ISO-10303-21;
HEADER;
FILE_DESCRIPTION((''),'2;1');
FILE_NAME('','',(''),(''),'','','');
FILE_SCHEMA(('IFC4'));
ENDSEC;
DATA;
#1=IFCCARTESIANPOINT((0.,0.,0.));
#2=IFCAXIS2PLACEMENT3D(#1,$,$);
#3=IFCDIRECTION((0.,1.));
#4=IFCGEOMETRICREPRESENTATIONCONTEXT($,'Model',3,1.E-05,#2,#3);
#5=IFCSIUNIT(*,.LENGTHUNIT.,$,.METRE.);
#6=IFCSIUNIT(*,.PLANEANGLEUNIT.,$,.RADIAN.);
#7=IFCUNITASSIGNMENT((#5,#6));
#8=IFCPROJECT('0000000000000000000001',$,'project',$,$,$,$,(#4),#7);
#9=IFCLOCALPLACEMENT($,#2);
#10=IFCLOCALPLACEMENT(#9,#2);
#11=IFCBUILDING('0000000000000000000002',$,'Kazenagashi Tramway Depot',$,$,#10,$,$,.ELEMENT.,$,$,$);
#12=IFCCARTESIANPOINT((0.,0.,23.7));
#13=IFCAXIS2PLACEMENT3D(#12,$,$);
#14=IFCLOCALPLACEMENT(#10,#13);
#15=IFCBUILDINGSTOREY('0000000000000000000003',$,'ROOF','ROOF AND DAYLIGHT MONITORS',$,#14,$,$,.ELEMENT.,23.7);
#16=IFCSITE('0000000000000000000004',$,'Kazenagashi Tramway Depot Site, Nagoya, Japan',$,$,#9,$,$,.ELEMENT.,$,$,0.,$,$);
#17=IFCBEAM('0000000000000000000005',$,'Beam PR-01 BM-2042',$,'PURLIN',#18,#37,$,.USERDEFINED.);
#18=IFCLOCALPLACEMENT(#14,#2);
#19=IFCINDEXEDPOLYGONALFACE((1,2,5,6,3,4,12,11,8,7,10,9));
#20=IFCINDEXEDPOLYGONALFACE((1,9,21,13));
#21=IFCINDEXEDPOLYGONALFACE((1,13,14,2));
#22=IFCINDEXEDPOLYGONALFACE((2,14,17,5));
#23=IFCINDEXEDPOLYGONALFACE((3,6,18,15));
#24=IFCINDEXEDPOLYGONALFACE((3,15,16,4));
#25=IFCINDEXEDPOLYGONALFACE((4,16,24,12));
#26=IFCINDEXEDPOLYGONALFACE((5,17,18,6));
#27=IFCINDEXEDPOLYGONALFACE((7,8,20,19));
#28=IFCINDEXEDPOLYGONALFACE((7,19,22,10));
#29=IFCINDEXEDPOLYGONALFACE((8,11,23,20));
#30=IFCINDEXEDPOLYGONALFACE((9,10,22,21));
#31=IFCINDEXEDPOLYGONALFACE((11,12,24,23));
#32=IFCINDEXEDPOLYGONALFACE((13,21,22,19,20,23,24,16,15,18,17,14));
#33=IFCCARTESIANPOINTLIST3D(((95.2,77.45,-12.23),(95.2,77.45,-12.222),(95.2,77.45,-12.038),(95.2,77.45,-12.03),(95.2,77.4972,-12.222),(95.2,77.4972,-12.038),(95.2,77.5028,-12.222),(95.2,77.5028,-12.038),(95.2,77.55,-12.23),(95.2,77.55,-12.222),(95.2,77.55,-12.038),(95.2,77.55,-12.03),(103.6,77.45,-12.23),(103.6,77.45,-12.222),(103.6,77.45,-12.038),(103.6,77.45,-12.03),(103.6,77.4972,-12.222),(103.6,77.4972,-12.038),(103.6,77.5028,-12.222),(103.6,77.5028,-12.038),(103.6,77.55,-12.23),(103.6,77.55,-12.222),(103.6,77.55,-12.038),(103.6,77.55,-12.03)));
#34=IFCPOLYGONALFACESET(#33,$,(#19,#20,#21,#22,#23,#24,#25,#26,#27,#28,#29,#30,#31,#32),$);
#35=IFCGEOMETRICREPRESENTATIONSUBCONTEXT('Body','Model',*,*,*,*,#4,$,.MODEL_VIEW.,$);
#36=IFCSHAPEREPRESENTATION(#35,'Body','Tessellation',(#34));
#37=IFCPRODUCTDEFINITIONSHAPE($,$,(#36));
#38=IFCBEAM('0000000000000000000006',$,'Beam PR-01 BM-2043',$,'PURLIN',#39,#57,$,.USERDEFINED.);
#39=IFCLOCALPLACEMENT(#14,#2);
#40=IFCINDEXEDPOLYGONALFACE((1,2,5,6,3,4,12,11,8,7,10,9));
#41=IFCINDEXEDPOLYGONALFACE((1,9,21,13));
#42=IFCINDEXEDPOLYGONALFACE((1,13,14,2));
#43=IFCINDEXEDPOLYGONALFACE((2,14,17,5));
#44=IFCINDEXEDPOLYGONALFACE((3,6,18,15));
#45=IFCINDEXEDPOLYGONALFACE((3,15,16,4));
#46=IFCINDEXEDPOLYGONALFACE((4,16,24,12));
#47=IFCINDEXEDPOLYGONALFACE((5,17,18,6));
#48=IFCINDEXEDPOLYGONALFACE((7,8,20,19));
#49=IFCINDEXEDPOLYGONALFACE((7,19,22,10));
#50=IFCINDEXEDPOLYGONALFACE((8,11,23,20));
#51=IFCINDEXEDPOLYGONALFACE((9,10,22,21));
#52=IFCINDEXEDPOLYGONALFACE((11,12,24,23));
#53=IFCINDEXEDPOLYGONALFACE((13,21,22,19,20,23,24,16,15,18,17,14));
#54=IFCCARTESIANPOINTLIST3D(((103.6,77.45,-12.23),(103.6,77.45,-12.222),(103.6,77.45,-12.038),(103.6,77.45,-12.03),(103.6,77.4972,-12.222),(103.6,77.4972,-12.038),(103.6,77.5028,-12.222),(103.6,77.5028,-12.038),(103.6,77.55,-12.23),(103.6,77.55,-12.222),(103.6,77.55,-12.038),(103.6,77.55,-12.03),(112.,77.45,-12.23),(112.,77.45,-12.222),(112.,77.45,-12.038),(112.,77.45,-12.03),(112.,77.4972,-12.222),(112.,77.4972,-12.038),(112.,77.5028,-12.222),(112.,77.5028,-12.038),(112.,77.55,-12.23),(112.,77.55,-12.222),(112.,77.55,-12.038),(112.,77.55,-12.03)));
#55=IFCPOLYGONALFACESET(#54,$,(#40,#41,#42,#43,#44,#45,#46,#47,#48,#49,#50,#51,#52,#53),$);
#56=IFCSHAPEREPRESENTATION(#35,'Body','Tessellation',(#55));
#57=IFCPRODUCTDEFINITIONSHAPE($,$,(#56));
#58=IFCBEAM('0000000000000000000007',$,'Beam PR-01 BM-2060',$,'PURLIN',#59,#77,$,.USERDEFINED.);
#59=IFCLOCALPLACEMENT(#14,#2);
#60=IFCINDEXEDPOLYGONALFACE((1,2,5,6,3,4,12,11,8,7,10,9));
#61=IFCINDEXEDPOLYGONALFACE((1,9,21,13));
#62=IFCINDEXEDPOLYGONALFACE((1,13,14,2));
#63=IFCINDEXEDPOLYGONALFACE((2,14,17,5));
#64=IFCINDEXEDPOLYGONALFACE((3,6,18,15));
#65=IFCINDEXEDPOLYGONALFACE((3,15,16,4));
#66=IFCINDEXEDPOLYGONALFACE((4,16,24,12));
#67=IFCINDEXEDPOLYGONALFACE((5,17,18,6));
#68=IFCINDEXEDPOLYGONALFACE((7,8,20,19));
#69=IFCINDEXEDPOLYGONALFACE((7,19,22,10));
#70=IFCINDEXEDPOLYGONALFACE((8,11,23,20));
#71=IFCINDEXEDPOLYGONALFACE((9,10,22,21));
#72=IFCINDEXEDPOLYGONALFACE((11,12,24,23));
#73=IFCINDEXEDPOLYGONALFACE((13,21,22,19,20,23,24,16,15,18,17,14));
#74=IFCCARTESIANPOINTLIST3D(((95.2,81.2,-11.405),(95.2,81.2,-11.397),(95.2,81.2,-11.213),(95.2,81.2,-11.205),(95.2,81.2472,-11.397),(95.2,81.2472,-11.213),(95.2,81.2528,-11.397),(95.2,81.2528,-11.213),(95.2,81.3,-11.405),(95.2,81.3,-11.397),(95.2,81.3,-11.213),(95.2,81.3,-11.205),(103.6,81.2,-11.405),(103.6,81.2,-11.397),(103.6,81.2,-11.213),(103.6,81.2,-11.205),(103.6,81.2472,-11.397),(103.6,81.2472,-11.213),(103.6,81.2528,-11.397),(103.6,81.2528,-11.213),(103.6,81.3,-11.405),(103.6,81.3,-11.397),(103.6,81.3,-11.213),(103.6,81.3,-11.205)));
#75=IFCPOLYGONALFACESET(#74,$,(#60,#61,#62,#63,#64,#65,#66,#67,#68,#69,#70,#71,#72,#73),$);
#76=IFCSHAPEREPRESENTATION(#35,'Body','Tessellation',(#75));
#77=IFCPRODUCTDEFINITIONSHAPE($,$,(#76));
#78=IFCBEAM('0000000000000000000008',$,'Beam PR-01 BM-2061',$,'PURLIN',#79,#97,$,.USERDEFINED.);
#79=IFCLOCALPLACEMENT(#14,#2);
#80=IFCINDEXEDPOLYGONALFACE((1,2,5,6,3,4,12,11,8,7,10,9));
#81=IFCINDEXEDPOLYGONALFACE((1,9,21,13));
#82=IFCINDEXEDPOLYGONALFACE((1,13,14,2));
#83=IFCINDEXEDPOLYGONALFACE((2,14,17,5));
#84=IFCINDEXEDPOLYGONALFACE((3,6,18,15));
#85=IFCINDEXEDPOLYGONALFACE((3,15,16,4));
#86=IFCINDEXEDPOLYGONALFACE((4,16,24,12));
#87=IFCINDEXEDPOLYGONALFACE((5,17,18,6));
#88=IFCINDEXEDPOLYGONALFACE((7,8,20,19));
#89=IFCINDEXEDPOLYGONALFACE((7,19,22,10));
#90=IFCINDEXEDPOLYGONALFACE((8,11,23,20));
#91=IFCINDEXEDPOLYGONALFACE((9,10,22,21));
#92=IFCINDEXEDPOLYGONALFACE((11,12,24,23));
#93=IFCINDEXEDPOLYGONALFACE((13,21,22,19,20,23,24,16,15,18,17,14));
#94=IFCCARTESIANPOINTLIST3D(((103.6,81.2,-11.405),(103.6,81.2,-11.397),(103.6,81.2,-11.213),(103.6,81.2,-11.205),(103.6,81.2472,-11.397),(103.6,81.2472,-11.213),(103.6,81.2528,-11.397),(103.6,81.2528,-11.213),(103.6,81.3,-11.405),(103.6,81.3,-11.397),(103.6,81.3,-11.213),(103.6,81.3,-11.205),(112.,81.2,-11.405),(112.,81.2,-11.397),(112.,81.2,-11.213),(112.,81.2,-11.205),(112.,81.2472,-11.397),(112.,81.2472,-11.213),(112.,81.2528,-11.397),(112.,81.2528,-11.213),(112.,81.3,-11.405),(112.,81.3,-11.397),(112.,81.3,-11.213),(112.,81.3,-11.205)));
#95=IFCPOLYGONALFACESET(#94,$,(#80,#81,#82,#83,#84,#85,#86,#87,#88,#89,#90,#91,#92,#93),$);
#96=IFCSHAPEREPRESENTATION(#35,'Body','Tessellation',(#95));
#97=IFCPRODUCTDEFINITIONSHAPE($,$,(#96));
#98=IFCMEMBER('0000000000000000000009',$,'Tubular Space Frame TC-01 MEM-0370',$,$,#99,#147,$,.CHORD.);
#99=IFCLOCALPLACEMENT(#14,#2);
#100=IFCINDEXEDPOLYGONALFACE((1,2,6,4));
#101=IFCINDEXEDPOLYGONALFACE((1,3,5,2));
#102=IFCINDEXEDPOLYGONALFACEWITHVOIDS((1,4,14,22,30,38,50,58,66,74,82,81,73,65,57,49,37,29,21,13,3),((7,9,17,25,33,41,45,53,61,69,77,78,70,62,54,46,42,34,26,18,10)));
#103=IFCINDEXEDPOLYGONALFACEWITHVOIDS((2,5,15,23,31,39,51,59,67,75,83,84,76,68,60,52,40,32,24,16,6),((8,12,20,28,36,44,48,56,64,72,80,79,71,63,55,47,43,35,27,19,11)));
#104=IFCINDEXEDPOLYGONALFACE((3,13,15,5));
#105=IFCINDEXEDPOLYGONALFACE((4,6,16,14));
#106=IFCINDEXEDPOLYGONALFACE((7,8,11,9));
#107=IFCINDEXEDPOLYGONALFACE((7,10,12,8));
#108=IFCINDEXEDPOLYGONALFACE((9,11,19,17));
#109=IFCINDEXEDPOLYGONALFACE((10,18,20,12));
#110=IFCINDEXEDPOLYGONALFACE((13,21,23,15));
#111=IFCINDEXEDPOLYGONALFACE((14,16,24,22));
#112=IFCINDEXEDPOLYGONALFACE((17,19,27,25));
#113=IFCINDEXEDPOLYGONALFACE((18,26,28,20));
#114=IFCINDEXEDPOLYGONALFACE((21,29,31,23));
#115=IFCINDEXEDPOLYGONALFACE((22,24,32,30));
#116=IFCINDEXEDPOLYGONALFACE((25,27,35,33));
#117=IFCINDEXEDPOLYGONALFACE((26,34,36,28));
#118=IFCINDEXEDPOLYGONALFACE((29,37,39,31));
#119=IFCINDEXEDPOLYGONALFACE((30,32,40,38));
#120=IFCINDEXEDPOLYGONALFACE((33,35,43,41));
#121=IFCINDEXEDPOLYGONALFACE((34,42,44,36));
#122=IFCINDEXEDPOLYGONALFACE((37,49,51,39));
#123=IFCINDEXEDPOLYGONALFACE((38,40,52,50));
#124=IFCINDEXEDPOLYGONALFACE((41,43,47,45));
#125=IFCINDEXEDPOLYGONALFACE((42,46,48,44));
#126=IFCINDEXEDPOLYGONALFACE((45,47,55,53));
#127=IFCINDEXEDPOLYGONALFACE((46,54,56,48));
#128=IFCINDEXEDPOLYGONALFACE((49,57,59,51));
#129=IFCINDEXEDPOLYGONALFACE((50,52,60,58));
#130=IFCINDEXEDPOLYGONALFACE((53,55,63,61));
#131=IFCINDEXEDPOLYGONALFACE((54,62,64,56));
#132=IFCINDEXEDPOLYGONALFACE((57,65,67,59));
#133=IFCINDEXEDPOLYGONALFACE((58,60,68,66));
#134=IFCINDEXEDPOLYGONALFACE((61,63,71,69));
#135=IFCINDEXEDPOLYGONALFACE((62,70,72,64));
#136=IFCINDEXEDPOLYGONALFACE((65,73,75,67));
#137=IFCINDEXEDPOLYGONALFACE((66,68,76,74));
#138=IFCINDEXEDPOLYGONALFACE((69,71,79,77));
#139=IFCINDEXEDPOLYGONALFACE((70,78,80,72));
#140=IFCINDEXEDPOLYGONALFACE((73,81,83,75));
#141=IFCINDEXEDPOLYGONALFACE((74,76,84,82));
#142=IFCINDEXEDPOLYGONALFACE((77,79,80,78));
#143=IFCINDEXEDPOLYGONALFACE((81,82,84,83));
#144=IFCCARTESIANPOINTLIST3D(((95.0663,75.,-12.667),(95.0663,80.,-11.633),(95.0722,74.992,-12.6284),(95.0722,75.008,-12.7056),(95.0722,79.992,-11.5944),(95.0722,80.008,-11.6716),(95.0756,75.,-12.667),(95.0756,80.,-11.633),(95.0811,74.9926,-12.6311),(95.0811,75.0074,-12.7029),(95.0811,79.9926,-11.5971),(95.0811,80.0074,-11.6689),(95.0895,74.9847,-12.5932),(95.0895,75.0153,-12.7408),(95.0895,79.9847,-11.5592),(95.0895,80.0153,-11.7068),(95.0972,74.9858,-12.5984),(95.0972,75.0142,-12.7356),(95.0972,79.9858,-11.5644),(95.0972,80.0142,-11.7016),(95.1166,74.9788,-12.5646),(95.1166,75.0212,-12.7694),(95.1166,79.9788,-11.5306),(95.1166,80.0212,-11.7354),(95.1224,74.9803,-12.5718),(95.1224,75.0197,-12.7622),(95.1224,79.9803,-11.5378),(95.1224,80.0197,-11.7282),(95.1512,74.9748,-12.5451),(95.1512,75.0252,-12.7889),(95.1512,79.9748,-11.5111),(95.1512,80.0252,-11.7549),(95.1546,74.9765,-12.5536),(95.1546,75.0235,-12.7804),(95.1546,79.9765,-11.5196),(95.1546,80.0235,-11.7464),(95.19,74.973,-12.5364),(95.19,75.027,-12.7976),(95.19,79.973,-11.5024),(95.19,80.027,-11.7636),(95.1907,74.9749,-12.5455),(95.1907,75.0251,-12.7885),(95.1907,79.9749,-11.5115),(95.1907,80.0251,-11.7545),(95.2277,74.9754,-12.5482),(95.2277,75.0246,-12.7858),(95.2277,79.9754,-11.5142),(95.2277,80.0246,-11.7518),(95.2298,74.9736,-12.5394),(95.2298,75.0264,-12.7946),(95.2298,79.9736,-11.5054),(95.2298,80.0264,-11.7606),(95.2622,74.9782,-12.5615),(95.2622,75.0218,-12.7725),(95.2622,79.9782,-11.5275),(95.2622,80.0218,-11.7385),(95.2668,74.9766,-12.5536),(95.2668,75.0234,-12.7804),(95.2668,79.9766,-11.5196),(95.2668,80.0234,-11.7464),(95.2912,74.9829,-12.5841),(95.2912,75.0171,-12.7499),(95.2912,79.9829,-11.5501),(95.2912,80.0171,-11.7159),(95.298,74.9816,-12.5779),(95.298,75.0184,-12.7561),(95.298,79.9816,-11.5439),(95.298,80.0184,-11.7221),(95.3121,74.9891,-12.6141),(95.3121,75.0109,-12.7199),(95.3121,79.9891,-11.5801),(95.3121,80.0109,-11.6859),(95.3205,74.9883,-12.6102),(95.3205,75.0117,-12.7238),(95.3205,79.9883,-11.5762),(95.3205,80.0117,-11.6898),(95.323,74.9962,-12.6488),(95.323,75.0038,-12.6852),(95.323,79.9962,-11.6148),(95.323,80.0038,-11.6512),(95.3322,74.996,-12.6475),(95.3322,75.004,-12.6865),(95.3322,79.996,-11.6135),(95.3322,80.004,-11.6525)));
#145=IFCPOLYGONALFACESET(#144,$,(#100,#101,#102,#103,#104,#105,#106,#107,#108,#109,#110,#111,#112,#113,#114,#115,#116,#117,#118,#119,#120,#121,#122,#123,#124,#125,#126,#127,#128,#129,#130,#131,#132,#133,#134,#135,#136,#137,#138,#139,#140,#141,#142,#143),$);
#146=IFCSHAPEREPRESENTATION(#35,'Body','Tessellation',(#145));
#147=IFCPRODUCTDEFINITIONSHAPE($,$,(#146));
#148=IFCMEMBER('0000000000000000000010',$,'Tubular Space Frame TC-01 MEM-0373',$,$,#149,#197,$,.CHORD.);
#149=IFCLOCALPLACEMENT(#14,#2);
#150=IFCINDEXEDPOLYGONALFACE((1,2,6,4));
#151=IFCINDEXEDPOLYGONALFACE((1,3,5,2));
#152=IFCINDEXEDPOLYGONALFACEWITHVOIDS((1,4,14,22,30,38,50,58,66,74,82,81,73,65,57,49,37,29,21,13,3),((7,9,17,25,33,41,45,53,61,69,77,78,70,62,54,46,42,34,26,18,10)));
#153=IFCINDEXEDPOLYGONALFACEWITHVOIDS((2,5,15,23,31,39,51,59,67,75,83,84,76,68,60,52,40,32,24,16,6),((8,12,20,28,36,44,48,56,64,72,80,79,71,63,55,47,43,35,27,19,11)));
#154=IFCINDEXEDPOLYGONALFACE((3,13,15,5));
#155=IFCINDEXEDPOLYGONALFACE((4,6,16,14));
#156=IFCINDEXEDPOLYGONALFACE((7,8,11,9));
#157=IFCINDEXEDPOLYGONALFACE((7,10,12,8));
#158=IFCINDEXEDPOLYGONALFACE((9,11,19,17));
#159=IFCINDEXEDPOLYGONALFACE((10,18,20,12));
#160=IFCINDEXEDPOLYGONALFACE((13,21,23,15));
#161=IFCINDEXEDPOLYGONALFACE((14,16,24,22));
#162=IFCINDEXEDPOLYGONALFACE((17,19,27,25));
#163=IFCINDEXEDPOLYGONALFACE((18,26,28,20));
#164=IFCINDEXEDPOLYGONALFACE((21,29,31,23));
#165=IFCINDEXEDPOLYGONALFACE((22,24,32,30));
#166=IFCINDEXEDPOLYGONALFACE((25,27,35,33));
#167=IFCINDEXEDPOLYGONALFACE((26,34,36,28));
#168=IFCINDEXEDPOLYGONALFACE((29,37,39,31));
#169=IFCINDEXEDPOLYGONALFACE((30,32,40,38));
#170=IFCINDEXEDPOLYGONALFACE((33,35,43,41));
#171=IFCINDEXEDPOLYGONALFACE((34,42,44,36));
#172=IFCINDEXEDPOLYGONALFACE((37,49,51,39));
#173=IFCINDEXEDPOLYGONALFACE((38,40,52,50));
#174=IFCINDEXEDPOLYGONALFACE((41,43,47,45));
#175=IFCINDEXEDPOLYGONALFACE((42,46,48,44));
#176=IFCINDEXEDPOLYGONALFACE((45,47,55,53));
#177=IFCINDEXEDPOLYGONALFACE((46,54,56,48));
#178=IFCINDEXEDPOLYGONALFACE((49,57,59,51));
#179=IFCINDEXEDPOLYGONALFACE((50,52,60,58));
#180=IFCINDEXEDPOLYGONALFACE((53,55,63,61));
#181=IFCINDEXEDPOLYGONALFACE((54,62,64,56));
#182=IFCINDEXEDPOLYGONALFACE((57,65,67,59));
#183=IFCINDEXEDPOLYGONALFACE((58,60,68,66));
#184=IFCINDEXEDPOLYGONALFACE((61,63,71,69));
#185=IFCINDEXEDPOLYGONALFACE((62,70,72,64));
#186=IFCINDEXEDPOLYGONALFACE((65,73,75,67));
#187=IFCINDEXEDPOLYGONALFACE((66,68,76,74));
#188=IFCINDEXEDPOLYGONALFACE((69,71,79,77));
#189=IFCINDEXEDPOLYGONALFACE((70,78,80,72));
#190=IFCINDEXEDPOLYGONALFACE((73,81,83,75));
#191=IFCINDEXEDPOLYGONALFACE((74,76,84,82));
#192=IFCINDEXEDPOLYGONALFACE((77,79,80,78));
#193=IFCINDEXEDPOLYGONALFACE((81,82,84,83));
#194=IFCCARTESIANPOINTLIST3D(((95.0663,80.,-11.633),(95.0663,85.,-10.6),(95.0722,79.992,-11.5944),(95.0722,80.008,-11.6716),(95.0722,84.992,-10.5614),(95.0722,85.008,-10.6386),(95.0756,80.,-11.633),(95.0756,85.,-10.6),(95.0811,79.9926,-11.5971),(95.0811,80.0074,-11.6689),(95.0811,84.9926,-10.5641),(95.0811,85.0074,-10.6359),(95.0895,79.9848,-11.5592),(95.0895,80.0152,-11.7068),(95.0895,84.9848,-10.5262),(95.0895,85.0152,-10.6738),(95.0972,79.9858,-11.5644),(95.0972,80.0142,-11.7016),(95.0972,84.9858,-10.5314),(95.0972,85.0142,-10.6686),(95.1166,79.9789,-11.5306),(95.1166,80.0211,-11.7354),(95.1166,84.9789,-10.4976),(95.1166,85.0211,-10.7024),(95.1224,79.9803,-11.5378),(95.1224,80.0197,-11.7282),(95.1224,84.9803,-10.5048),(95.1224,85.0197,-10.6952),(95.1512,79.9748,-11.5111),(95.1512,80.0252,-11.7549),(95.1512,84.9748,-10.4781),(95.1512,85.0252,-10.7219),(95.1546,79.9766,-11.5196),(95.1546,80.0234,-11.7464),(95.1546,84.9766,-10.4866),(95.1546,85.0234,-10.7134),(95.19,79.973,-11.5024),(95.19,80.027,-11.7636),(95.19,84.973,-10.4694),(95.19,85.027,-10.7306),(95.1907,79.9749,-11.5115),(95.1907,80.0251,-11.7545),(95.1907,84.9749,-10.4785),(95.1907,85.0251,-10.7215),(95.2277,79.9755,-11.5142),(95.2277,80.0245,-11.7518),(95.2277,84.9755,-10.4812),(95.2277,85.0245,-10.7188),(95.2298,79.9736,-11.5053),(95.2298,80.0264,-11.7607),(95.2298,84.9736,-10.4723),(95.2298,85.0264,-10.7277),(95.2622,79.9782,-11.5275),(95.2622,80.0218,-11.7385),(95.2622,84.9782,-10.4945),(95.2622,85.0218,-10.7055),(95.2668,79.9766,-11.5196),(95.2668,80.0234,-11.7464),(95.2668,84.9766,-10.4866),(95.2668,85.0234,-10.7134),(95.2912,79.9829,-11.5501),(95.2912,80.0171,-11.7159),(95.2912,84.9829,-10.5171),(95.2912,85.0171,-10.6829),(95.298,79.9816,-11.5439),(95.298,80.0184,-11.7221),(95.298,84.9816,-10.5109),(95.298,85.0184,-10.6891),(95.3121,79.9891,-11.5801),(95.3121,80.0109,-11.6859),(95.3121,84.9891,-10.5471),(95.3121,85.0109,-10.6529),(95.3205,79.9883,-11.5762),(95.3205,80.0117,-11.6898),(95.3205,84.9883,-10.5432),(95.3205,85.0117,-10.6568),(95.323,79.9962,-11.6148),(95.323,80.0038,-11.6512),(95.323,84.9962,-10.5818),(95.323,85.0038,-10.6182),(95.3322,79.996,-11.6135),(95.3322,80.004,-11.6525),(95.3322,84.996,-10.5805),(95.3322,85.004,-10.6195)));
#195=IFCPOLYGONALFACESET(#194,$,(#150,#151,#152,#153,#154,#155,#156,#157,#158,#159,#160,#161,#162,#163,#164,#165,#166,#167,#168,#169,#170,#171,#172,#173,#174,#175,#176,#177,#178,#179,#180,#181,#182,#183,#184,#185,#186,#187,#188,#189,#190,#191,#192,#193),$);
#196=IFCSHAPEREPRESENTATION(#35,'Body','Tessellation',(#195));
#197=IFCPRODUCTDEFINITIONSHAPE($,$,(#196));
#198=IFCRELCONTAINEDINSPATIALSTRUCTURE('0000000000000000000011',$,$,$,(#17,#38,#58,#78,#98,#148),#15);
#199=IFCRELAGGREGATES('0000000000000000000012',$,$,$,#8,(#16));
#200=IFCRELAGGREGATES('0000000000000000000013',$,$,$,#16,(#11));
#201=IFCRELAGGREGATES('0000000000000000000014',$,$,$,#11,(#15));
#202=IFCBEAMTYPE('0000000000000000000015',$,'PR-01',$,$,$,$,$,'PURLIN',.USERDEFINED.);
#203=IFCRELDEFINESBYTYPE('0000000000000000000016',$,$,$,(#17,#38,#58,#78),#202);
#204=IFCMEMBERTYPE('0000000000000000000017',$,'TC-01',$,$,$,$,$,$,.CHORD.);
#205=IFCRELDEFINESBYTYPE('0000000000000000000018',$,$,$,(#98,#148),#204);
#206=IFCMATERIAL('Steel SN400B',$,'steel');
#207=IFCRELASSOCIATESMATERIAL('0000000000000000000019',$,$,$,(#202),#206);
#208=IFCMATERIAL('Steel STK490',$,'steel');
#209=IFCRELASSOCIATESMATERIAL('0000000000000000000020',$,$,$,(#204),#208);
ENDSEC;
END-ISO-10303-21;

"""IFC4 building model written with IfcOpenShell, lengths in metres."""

from ifc_helpers import new_model, si_unit, direction, frame, origin, origin_2d, place, context, subcontext, project, spatial, hollow_circle, i_section, extrude, material, material_profile, profile_set, type_object, element, save


model = new_model("IFC4")

# Units and contexts
model_context = context("Model", 3, precision=1e-05, world=origin(), true_north=direction((0.0, 1.0)))
body_context = subcontext(model_context, "Body", "Model", "MODEL_VIEW")
ifc_project = project(units=[si_unit("LENGTHUNIT", "METRE"), si_unit("PLANEANGLEUNIT", "RADIAN")], contexts=[model_context])

# Site, building, storey
site_placement = place(None, origin())
site = spatial("IfcSite", under=ifc_project, at=site_placement, Name="Kazenagashi Tramway Depot Site, Nagoya, Japan", CompositionType="ELEMENT", RefElevation=0.0)
building_placement = place(site_placement, origin())
building = spatial("IfcBuilding", under=site, at=building_placement, Name="Kazenagashi Tramway Depot", CompositionType="ELEMENT")
storey_placement = place(building_placement, frame((0.0, 0.0, 23.7)))
storey = spatial("IfcBuildingStorey", under=building, at=storey_placement, Name="ROOF", Description="ROOF AND DAYLIGHT MONITORS", CompositionType="ELEMENT", Elevation=23.7)

# Beams
ifc_material_1 = material(Name="Steel SN400B", Category="steel")
ifc_material_profile_1 = material_profile(ifc_material_1, i_section(OverallWidth=0.1, OverallDepth=0.2, WebThickness=0.0055, FlangeThickness=0.008, at=origin_2d()), Name="H-200x100x5.5x8")
ifc_profile_set_1 = profile_set([ifc_material_profile_1], Name="Steel SN400B")
beam_type = type_object("IfcBeamType", Name="PR-01", ElementType="PURLIN", PredefinedType="USERDEFINED", material=ifc_profile_set_1)
for number, where, z_axis, x_axis, name in (
    (1, (95.2, 77.5, -12.13), (1.0, 0.0, 0.0), (0.0, 1.0, 0.0), "Beam PR-01 BM-2042"),
    (2, (103.6, 77.5, -12.13), (1.0, 0.0, 0.0), (0.0, 1.0, 0.0), "Beam PR-01 BM-2043"),
    (3, (95.2, 81.25, -11.305), (1.0, 0.0, 0.0), (0.0, 1.0, 0.0), "Beam PR-01 BM-2060"),
    (4, (103.6, 81.25, -11.305), (1.0, 0.0, 0.0), (0.0, 1.0, 0.0), "Beam PR-01 BM-2061"),
):
    element("IfcBeam", number, at=place(storey_placement, frame(where, z_axis=z_axis, x_axis=x_axis)), inside=storey, type_object=beam_type, Name=name, ObjectType="PURLIN", PredefinedType="USERDEFINED", context=body_context, shape_type="SweptSolid", body=[
        extrude(i_section(OverallWidth=0.1, OverallDepth=0.2, WebThickness=0.0055, FlangeThickness=0.008, at=origin_2d()), origin(), (0.0, 0.0, 1.0), 8.4),
    ])

# Members
ifc_material_2 = material(Name="Steel STK490", Category="steel")
ifc_material_profile_2 = material_profile(ifc_material_2, hollow_circle(Radius=0.1337, WallThickness=0.0093, at=origin_2d()), Name="CHS-267.4x9.3")
ifc_profile_set_2 = profile_set([ifc_material_profile_2], Name="Steel STK490")
member_type_1 = type_object("IfcMemberType", Name="TC-01", PredefinedType="CHORD", material=ifc_profile_set_2)
member_1_placement = place(storey_placement, frame((95.2, 75.0, -12.667), z_axis=(0.0, 0.979279, 0.202515), x_axis=(-1.0, 0.0, 0.0)))
element("IfcMember", 5, at=member_1_placement, inside=storey, type_object=member_type_1, Name="Tubular Space Frame TC-01 MEM-0370", PredefinedType="CHORD", context=body_context, shape_type="SweptSolid", body=[
    extrude(hollow_circle(Radius=0.1337, WallThickness=0.0093, at=origin_2d()), origin(), (0.0, 0.0, 1.0), 5.1058),
])
for number, where, z_axis, x_axis, name in (
    (6, (95.2, 80.0, -11.633), (0.0, 0.979318, 0.202327), (-1.0, 0.0, 0.0), "Tubular Space Frame TC-01 MEM-0373"),
):
    element("IfcMember", number, at=place(storey_placement, frame(where, z_axis=z_axis, x_axis=x_axis)), inside=storey, type_object=member_type_1, Name=name, PredefinedType="CHORD", context=body_context, shape_type="SweptSolid", body=[
        extrude(hollow_circle(Radius=0.1337, WallThickness=0.0093, at=origin_2d()), origin(), (0.0, 0.0, 1.0), 5.1056),
    ])

save(model, "model.ifc")
